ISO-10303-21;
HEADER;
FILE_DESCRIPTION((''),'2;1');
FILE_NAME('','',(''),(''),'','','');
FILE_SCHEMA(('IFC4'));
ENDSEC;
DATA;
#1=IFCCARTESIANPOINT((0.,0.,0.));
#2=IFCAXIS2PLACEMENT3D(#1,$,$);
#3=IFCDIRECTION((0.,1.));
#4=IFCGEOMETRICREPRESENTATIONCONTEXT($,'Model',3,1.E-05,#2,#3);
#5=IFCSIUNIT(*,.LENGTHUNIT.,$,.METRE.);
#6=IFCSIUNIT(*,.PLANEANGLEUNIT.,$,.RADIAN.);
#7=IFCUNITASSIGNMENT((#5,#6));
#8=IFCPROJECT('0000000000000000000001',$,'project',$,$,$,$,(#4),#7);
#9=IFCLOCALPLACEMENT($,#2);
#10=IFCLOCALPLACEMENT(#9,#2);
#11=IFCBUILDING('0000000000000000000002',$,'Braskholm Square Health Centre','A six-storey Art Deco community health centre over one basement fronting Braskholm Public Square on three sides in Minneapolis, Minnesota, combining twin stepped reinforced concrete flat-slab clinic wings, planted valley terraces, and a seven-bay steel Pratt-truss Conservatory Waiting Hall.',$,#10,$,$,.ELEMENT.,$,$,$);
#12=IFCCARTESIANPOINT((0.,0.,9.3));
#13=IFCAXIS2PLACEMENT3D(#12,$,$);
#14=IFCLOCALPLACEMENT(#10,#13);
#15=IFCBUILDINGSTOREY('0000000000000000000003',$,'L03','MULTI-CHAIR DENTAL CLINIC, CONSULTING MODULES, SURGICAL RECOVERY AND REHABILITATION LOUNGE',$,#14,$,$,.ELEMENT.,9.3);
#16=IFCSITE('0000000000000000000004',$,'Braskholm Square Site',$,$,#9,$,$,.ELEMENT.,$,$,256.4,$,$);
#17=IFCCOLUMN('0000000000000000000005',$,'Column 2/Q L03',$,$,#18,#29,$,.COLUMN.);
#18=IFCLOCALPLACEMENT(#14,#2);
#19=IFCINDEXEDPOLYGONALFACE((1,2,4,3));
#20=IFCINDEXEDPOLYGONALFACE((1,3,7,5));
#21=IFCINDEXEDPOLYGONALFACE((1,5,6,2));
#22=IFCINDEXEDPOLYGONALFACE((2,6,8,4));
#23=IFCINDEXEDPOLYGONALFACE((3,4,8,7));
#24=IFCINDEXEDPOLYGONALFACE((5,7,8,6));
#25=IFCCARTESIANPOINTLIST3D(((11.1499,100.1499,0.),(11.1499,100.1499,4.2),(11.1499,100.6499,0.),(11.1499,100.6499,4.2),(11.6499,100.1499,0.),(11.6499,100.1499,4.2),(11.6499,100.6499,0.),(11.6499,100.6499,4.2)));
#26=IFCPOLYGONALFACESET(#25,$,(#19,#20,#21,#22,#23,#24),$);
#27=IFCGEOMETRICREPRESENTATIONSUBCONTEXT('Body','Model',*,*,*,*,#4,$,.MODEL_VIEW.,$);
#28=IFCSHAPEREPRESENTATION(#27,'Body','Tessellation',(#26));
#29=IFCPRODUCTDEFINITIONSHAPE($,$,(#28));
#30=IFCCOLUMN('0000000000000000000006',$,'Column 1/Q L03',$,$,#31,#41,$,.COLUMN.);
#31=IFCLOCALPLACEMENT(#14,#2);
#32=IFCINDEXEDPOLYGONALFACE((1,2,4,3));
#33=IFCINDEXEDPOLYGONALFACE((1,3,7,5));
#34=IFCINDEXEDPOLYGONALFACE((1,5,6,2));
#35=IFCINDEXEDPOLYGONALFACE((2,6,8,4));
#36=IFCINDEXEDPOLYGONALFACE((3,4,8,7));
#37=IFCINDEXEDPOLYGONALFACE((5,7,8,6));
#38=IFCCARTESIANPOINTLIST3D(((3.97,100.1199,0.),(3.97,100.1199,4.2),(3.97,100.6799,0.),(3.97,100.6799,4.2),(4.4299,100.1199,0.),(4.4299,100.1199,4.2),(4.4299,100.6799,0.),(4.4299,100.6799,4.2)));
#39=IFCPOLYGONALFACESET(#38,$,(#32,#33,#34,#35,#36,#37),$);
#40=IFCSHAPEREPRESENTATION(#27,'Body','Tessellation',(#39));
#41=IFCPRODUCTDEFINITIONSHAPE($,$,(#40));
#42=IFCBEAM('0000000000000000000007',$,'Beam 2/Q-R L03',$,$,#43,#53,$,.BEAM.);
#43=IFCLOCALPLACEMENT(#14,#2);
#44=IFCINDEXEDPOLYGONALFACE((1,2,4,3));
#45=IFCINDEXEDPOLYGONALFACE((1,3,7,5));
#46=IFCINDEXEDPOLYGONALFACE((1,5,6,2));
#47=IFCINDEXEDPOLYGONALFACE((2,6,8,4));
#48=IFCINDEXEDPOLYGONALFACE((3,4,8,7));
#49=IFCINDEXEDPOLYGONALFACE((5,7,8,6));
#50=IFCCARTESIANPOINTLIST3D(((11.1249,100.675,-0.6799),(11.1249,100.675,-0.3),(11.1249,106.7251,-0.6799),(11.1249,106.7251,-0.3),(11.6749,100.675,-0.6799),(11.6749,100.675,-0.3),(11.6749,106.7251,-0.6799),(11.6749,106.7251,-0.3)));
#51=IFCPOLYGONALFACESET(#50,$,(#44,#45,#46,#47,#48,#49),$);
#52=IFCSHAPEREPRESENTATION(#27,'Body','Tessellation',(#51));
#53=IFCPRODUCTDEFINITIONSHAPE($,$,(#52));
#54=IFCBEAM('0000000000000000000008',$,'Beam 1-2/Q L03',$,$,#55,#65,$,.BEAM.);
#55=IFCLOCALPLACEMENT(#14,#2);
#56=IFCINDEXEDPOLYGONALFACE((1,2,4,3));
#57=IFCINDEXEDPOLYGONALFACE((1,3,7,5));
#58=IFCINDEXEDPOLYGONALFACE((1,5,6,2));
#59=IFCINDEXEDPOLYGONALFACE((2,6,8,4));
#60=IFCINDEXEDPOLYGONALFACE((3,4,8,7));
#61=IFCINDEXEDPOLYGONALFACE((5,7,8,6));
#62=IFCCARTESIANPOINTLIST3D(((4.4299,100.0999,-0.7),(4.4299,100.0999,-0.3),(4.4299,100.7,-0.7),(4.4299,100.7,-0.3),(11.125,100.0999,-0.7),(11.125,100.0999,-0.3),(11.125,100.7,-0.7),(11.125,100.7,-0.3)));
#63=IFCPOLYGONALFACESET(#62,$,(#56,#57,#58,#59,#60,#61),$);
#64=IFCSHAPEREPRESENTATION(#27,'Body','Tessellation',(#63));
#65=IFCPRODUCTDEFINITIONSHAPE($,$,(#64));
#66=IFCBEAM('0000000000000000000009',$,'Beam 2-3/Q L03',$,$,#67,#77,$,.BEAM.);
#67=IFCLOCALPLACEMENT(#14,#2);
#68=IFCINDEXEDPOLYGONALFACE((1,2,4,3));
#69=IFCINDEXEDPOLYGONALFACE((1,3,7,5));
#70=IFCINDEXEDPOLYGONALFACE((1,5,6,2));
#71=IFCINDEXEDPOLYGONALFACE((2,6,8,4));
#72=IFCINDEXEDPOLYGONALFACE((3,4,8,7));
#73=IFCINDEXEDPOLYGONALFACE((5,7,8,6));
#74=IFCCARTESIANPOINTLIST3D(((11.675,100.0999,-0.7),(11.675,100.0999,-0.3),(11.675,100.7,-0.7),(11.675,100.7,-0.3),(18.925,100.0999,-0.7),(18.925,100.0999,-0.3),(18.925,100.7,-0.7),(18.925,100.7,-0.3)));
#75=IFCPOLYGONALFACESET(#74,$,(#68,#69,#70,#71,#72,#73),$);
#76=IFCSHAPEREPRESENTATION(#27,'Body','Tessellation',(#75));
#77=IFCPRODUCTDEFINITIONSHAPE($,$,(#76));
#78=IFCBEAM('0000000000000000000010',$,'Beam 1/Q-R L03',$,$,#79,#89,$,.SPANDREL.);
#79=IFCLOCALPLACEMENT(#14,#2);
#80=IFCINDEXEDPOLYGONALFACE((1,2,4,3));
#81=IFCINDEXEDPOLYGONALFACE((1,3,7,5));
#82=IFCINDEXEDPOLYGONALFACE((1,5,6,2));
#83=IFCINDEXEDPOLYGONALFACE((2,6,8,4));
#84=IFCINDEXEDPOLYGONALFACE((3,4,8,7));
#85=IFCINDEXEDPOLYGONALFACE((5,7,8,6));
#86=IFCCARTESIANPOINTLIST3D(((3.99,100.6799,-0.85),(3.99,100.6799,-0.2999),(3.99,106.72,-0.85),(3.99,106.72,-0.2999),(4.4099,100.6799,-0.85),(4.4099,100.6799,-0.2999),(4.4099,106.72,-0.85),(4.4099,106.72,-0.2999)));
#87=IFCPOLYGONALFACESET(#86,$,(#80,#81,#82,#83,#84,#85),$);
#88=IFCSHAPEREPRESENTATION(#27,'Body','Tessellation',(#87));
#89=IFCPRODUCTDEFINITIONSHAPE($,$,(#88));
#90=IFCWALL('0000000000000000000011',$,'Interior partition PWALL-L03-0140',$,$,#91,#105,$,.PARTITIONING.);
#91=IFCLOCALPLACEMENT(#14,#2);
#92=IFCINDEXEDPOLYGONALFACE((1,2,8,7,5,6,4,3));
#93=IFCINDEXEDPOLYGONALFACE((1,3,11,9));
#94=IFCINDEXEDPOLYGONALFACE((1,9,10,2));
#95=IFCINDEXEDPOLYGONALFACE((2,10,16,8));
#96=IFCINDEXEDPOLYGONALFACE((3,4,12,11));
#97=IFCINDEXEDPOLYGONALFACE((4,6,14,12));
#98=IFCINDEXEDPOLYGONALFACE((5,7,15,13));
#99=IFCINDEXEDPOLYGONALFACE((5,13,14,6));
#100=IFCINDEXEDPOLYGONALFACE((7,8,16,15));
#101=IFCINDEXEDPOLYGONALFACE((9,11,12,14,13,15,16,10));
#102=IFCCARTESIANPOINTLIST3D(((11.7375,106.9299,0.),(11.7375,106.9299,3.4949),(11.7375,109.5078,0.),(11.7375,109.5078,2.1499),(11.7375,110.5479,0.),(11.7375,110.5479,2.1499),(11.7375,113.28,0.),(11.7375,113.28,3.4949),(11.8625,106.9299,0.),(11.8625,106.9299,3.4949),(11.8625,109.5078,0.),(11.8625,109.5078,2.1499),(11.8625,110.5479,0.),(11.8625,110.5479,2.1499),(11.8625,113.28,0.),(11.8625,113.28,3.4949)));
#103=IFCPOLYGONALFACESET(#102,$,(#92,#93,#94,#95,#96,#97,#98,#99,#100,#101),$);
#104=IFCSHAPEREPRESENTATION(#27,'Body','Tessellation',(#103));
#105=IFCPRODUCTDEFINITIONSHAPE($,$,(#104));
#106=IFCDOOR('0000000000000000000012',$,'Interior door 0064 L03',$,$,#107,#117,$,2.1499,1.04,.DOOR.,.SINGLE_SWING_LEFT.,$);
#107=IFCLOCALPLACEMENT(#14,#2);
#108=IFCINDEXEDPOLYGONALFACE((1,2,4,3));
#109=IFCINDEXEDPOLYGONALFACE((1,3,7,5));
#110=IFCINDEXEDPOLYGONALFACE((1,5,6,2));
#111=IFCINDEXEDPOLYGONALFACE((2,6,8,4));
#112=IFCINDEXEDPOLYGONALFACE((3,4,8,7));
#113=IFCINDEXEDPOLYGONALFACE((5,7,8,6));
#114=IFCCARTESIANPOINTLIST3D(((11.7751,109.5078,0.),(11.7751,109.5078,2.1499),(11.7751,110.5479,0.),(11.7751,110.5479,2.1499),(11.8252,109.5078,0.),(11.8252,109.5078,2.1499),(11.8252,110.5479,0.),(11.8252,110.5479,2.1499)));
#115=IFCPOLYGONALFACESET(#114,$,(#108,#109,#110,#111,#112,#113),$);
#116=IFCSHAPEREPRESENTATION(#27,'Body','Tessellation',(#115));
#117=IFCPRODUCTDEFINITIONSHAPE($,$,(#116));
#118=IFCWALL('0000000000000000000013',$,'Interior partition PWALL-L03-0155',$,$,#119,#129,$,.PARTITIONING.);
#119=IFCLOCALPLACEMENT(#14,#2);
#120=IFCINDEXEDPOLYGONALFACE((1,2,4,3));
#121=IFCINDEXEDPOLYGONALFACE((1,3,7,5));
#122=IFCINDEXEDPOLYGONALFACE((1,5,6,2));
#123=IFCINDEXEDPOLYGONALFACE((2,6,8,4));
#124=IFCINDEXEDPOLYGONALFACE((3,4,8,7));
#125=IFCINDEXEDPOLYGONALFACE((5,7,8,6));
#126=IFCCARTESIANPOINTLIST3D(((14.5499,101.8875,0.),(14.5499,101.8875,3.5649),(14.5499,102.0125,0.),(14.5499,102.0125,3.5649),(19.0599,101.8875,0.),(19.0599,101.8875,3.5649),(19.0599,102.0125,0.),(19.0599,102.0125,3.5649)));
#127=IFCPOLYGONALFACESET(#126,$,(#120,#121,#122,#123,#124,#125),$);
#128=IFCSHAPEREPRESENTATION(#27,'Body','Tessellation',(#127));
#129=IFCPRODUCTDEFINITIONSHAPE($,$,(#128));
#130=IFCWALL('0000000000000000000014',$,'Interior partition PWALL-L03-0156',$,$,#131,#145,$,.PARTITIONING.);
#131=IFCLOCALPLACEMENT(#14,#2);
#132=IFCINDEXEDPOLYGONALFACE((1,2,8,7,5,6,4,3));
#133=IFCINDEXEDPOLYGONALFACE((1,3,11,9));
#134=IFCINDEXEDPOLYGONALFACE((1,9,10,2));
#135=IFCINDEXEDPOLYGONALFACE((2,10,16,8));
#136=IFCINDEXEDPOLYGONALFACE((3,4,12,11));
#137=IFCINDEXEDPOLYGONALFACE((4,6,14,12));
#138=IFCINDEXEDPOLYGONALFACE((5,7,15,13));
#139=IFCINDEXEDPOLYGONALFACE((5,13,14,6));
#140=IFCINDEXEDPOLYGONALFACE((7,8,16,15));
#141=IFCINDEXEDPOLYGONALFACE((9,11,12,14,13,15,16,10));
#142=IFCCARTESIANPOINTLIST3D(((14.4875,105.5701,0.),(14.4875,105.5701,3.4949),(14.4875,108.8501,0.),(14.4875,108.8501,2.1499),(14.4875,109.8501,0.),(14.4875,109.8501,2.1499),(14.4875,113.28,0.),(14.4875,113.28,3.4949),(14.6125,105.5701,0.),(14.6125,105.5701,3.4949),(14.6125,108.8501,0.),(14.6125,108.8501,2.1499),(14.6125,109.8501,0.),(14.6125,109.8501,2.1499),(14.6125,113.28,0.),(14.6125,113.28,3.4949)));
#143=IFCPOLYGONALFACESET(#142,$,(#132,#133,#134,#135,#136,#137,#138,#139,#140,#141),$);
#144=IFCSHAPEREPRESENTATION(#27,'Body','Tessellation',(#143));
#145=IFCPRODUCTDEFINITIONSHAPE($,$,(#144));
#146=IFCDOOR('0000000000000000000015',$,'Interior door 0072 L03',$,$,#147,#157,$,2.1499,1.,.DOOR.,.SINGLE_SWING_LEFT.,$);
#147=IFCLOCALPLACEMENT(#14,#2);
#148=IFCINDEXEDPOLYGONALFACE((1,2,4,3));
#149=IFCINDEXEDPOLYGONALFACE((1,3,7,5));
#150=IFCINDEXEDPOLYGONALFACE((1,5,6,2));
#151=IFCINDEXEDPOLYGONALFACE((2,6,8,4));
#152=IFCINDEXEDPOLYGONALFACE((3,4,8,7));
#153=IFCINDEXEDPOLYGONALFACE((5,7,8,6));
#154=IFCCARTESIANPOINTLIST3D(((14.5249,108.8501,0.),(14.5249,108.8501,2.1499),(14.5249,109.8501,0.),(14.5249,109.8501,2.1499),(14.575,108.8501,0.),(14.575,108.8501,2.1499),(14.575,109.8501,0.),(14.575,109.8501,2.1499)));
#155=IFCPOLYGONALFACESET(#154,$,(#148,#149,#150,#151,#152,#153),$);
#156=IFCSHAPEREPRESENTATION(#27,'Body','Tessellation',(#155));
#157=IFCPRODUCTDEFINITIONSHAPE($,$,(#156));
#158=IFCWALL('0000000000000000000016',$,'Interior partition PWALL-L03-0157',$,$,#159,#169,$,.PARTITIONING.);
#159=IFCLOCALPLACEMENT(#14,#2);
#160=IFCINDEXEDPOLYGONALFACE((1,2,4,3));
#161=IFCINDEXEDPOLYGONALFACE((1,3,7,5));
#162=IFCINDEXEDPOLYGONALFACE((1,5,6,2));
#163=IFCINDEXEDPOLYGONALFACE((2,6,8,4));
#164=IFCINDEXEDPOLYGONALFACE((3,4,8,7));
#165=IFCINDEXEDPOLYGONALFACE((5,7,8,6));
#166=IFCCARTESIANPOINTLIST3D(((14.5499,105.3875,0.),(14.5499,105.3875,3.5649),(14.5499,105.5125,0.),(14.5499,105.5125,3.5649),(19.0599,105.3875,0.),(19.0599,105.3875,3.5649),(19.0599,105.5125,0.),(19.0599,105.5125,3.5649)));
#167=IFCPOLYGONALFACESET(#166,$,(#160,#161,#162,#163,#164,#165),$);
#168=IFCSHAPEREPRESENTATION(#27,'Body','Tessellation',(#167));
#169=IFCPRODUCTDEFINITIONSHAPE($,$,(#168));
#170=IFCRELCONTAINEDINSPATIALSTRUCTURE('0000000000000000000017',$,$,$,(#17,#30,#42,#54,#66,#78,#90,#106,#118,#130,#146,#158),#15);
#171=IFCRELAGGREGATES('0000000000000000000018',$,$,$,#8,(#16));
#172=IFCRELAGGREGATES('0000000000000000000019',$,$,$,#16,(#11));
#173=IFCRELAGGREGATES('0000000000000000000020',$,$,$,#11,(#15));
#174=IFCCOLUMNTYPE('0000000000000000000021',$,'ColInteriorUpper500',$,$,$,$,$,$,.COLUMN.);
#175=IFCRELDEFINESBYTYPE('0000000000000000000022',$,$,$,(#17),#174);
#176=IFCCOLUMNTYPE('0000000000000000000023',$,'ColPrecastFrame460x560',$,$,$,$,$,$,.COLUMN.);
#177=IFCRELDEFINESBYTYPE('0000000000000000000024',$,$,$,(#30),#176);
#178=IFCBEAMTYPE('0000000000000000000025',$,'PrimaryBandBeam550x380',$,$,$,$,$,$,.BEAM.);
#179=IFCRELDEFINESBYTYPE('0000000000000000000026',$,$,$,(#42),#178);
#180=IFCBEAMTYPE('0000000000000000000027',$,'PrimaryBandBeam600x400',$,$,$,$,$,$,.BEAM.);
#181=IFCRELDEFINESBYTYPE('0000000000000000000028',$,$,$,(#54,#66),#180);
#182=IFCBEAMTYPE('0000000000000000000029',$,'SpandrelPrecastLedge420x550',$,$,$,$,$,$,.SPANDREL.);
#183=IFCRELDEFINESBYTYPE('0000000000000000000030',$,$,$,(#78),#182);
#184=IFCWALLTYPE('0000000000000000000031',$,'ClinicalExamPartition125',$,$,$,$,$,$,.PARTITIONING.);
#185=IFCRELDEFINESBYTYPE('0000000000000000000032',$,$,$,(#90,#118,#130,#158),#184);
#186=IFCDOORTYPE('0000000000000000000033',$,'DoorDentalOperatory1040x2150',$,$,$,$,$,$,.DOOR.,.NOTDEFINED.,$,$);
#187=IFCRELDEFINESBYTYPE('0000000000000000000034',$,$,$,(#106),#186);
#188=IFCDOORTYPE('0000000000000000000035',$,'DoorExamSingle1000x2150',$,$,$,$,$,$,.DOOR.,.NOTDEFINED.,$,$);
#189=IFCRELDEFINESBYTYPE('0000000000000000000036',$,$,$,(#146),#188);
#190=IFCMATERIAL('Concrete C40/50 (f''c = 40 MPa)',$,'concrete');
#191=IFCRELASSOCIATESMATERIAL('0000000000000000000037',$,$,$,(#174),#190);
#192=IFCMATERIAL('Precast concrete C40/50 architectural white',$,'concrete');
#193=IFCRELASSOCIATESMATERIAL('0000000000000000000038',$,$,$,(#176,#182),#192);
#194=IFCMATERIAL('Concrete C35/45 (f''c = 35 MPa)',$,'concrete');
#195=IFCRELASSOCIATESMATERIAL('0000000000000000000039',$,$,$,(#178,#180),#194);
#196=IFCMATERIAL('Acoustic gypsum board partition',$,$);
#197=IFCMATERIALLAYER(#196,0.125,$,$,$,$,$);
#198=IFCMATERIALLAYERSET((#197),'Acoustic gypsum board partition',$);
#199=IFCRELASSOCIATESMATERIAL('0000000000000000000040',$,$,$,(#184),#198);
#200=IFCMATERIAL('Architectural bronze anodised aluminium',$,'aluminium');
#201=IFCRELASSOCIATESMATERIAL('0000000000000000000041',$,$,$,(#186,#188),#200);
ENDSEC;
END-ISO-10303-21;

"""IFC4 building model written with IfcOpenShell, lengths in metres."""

from ifc_helpers import new_model, si_unit, direction, frame, frame_2d, origin, origin_with_axes, origin_2d, place, context, subcontext, project, spatial, rectangle, extrude, material, layer, layer_set, material_profile, profile_set, type_object, element, fill, save


model = new_model("IFC4")

# Units and contexts
model_context = context("Model", 3, precision=1e-05, world=origin(), true_north=direction((0.0, 1.0)))
body_context = subcontext(model_context, "Body", "Model", "MODEL_VIEW")
ifc_project = project(units=[si_unit("LENGTHUNIT", "METRE"), si_unit("PLANEANGLEUNIT", "RADIAN")], contexts=[model_context])

# Site, building, storey
site_placement = place(None, origin())
site = spatial("IfcSite", under=ifc_project, at=site_placement, Name="Braskholm Square Site", CompositionType="ELEMENT", RefElevation=256.4)
building_placement = place(site_placement, origin())
building = spatial("IfcBuilding", under=site, at=building_placement, Name="Braskholm Square Health Centre", Description="A six-storey Art Deco community health centre over one basement fronting Braskholm Public Square on three sides in Minneapolis, Minnesota, combining twin stepped reinforced concrete flat-slab clinic wings, planted valley terraces, and a seven-bay steel Pratt-truss Conservatory Waiting Hall.", CompositionType="ELEMENT")
storey_placement = place(building_placement, frame((0.0, 0.0, 9.3)))
storey = spatial("IfcBuildingStorey", under=building, at=storey_placement, Name="L03", Description="MULTI-CHAIR DENTAL CLINIC, CONSULTING MODULES, SURGICAL RECOVERY AND REHABILITATION LOUNGE", CompositionType="ELEMENT", Elevation=9.3)

# Columns
ifc_material_1 = material(Name="Concrete C40/50 (f'c = 40 MPa)", Category="concrete")
ifc_material_profile_1 = material_profile(ifc_material_1, rectangle(XDim=0.5, YDim=0.5, at=origin_2d()), Name="RC-500X500")
ifc_profile_set_1 = profile_set([ifc_material_profile_1], Name="Concrete C40/50 (f'c = 40 MPa)")
column_type_1 = type_object("IfcColumnType", Name="ColInteriorUpper500", PredefinedType="COLUMN", material=ifc_profile_set_1)
column_1_placement = place(storey_placement, frame((11.3999, 100.3999, 0.0), z_axis=(0.0, 0.0, 1.0), x_axis=(1.0, 0.0, 0.0)))
element("IfcColumn", 1, at=column_1_placement, inside=storey, type_object=column_type_1, Name="Column 2/Q L03", PredefinedType="COLUMN", context=body_context, shape_type="SweptSolid", body=[
    extrude(rectangle(XDim=0.5, YDim=0.5, at=origin_2d()), origin(), (0.0, 0.0, 1.0), 4.2),
])
ifc_material_2 = material(Name="Precast concrete C40/50 architectural white", Category="concrete")
ifc_material_profile_2 = material_profile(ifc_material_2, rectangle(XDim=0.46, YDim=0.5601, at=origin_2d()), Name="RC-460X560")
ifc_profile_set_2 = profile_set([ifc_material_profile_2], Name="Precast concrete C40/50 architectural white")
column_type_2 = type_object("IfcColumnType", Name="ColPrecastFrame460x560", PredefinedType="COLUMN", material=ifc_profile_set_2)
column_2_placement = place(storey_placement, frame((4.2, 100.3999, 0.0), z_axis=(0.0, 0.0, 1.0), x_axis=(1.0, 0.0, 0.0)))
element("IfcColumn", 2, at=column_2_placement, inside=storey, type_object=column_type_2, Name="Column 1/Q L03", PredefinedType="COLUMN", context=body_context, shape_type="SweptSolid", body=[
    extrude(rectangle(XDim=0.46, YDim=0.5601, at=origin_2d()), origin(), (0.0, 0.0, 1.0), 4.2),
])

# Beams
ifc_material_3 = material(Name="Concrete C35/45 (f'c = 35 MPa)", Category="concrete")
ifc_material_profile_3 = material_profile(ifc_material_3, rectangle(XDim=0.55, YDim=0.3799, at=origin_2d()), Name="RCB-550X380")
ifc_profile_set_3 = profile_set([ifc_material_profile_3], Name="Concrete C35/45 (f'c = 35 MPa)")
beam_type_1 = type_object("IfcBeamType", Name="PrimaryBandBeam550x380", PredefinedType="BEAM", material=ifc_profile_set_3)
beam_1_placement = place(storey_placement, frame((11.3999, 100.675, -0.49), z_axis=(0.0, 1.0, 0.0), x_axis=(-1.0, 0.0, 0.0)))
element("IfcBeam", 3, at=beam_1_placement, inside=storey, type_object=beam_type_1, Name="Beam 2/Q-R L03", PredefinedType="BEAM", context=body_context, shape_type="SweptSolid", body=[
    extrude(rectangle(XDim=0.55, YDim=0.3799, at=origin_2d()), origin(), (0.0, 0.0, 1.0), 6.05),
])
ifc_material_profile_4 = material_profile(ifc_material_3, rectangle(XDim=0.6001, YDim=0.3999, at=origin_2d()), Name="RCB-600X400")
ifc_profile_set_4 = profile_set([ifc_material_profile_4], Name="Concrete C35/45 (f'c = 35 MPa)")
beam_type_2 = type_object("IfcBeamType", Name="PrimaryBandBeam600x400", PredefinedType="BEAM", material=ifc_profile_set_4)
beam_2_placement = place(storey_placement, frame((4.4299, 100.3999, -0.5), z_axis=(1.0, 0.0, 0.0), x_axis=(0.0, 1.0, 0.0)))
element("IfcBeam", 4, at=beam_2_placement, inside=storey, type_object=beam_type_2, Name="Beam 1-2/Q L03", PredefinedType="BEAM", context=body_context, shape_type="SweptSolid", body=[
    extrude(rectangle(XDim=0.6001, YDim=0.3999, at=origin_2d()), origin(), (0.0, 0.0, 1.0), 6.6951),
])
beam_3_placement = place(storey_placement, frame((11.675, 100.3999, -0.5), z_axis=(1.0, 0.0, 0.0), x_axis=(0.0, 1.0, 0.0)))
element("IfcBeam", 5, at=beam_3_placement, inside=storey, type_object=beam_type_2, Name="Beam 2-3/Q L03", PredefinedType="BEAM", context=body_context, shape_type="SweptSolid", body=[
    extrude(rectangle(XDim=0.6001, YDim=0.3999, at=origin_2d()), origin(), (0.0, 0.0, 1.0), 7.25),
])
ifc_material_profile_5 = material_profile(ifc_material_2, rectangle(XDim=0.4199, YDim=0.55, at=origin_2d()), Name="RCB-420X550")
ifc_profile_set_5 = profile_set([ifc_material_profile_5], Name="Precast concrete C40/50 architectural white")
beam_type_3 = type_object("IfcBeamType", Name="SpandrelPrecastLedge420x550", PredefinedType="SPANDREL", material=ifc_profile_set_5)
beam_4_placement = place(storey_placement, frame((4.2, 100.6799, -0.575), z_axis=(0.0, 1.0, 0.0), x_axis=(-1.0, 0.0, 0.0)))
element("IfcBeam", 6, at=beam_4_placement, inside=storey, type_object=beam_type_3, Name="Beam 1/Q-R L03", PredefinedType="SPANDREL", context=body_context, shape_type="SweptSolid", body=[
    extrude(rectangle(XDim=0.4199, YDim=0.55, at=origin_2d()), origin(), (0.0, 0.0, 1.0), 6.04),
])

# Wall, opening, door
ifc_material_4 = material(Name="Acoustic gypsum board partition")
ifc_layer_1 = layer(ifc_material_4, 0.125)
ifc_layer_set_1 = layer_set([ifc_layer_1], Name="Acoustic gypsum board partition")
wall_type_1 = type_object("IfcWallType", Name="ClinicalExamPartition125", PredefinedType="PARTITIONING", material=ifc_layer_set_1)
wall_1_placement = place(storey_placement, frame((11.8, 106.9299, 0.0), z_axis=(0.0, 0.0, 1.0), x_axis=(0.0, 1.0, 0.0)))
wall_1 = element("IfcWall", 7, at=wall_1_placement, inside=storey, type_object=wall_type_1, Name="Interior partition PWALL-L03-0140", PredefinedType="PARTITIONING", context=body_context, shape_type="SweptSolid", body=[
    extrude(rectangle(XDim=6.3501, YDim=0.125, at=frame_2d((3.175, 0.0))), origin(), (0.0, 0.0, 1.0), 3.4949),
])
opening_1_placement = place(wall_1_placement, frame((2.5779, 0.0, 0.0)))
opening_1 = element("IfcOpeningElement", 8, at=opening_1_placement, cuts=wall_1, PredefinedType="OPENING", context=body_context, shape_type="SweptSolid", body=[
    extrude(rectangle(XDim=1.04, YDim=2.1499, at=frame_2d((0.52, 1.075))), frame((0.0, 0.0725, 0.0), z_axis=(0.0, -1.0, 0.0), x_axis=(1.0, 0.0, 0.0)), (0.0, 0.0, 1.0), 0.145),
])
ifc_material_5 = material(Name="Architectural bronze anodised aluminium", Category="aluminium")
door_type_1 = type_object("IfcDoorType", Name="DoorDentalOperatory1040x2150", OperationType="NOTDEFINED", PredefinedType="DOOR", material=ifc_material_5)
door_1_placement = place(opening_1_placement, origin_with_axes())
door_1 = element("IfcDoor", 9, at=door_1_placement, inside=storey, type_object=door_type_1, Name="Interior door 0064 L03", OperationType="SINGLE_SWING_LEFT", OverallHeight=2.1499, OverallWidth=1.04, PredefinedType="DOOR", context=body_context, shape_type="SweptSolid", body=[
    extrude(rectangle(XDim=1.04, YDim=2.1499, at=frame_2d((0.52, 1.075))), frame((0.0, 0.0249, 0.0), z_axis=(0.0, -1.0, 0.0), x_axis=(1.0, 0.0, 0.0)), (0.0, 0.0, 1.0), 0.05),
])
fill(opening_1, door_1)

# Wall
wall_2_placement = place(storey_placement, frame((14.55, 101.95, 0.0), z_axis=(0.0, 0.0, 1.0), x_axis=(1.0, 0.0, 0.0)))
element("IfcWall", 10, at=wall_2_placement, inside=storey, type_object=wall_type_1, Name="Interior partition PWALL-L03-0155", PredefinedType="PARTITIONING", context=body_context, shape_type="SweptSolid", body=[
    extrude(rectangle(XDim=4.51, YDim=0.125, at=frame_2d((2.2549, 0.0))), origin(), (0.0, 0.0, 1.0), 3.5649),
])

# Wall, opening, door
wall_3_placement = place(storey_placement, frame((14.55, 105.5701, 0.0), z_axis=(0.0, 0.0, 1.0), x_axis=(0.0, 1.0, 0.0)))
wall_3 = element("IfcWall", 11, at=wall_3_placement, inside=storey, type_object=wall_type_1, Name="Interior partition PWALL-L03-0156", PredefinedType="PARTITIONING", context=body_context, shape_type="SweptSolid", body=[
    extrude(rectangle(XDim=7.71, YDim=0.125, at=frame_2d((3.855, 0.0))), origin(), (0.0, 0.0, 1.0), 3.4949),
])
opening_2_placement = place(wall_3_placement, frame((3.28, 0.0, 0.0)))
opening_2 = element("IfcOpeningElement", 12, at=opening_2_placement, cuts=wall_3, PredefinedType="OPENING", context=body_context, shape_type="SweptSolid", body=[
    extrude(rectangle(XDim=1.0, YDim=2.1499, at=frame_2d((0.5, 1.075))), frame((0.0, 0.0725, 0.0), z_axis=(0.0, -1.0, 0.0), x_axis=(1.0, 0.0, 0.0)), (0.0, 0.0, 1.0), 0.145),
])
door_type_2 = type_object("IfcDoorType", Name="DoorExamSingle1000x2150", OperationType="NOTDEFINED", PredefinedType="DOOR", material=ifc_material_5)
door_2_placement = place(opening_2_placement, frame((1.0, 0.0, 0.0), z_axis=(0.0, 0.0, 1.0), x_axis=(-1.0, 0.0, 0.0)))
door_2 = element("IfcDoor", 13, at=door_2_placement, inside=storey, type_object=door_type_2, Name="Interior door 0072 L03", OperationType="SINGLE_SWING_LEFT", OverallHeight=2.1499, OverallWidth=1.0, PredefinedType="DOOR", context=body_context, shape_type="SweptSolid", body=[
    extrude(rectangle(XDim=1.0, YDim=2.1499, at=frame_2d((0.5, 1.075))), frame((0.0, 0.0249, 0.0), z_axis=(0.0, -1.0, 0.0), x_axis=(1.0, 0.0, 0.0)), (0.0, 0.0, 1.0), 0.05),
])
fill(opening_2, door_2)

# Wall
wall_4_placement = place(storey_placement, frame((14.55, 105.45, 0.0), z_axis=(0.0, 0.0, 1.0), x_axis=(1.0, 0.0, 0.0)))
element("IfcWall", 14, at=wall_4_placement, inside=storey, type_object=wall_type_1, Name="Interior partition PWALL-L03-0157", PredefinedType="PARTITIONING", context=body_context, shape_type="SweptSolid", body=[
    extrude(rectangle(XDim=4.51, YDim=0.125, at=frame_2d((2.2549, 0.0))), origin(), (0.0, 0.0, 1.0), 3.5649),
])

save(model, "model.ifc")
